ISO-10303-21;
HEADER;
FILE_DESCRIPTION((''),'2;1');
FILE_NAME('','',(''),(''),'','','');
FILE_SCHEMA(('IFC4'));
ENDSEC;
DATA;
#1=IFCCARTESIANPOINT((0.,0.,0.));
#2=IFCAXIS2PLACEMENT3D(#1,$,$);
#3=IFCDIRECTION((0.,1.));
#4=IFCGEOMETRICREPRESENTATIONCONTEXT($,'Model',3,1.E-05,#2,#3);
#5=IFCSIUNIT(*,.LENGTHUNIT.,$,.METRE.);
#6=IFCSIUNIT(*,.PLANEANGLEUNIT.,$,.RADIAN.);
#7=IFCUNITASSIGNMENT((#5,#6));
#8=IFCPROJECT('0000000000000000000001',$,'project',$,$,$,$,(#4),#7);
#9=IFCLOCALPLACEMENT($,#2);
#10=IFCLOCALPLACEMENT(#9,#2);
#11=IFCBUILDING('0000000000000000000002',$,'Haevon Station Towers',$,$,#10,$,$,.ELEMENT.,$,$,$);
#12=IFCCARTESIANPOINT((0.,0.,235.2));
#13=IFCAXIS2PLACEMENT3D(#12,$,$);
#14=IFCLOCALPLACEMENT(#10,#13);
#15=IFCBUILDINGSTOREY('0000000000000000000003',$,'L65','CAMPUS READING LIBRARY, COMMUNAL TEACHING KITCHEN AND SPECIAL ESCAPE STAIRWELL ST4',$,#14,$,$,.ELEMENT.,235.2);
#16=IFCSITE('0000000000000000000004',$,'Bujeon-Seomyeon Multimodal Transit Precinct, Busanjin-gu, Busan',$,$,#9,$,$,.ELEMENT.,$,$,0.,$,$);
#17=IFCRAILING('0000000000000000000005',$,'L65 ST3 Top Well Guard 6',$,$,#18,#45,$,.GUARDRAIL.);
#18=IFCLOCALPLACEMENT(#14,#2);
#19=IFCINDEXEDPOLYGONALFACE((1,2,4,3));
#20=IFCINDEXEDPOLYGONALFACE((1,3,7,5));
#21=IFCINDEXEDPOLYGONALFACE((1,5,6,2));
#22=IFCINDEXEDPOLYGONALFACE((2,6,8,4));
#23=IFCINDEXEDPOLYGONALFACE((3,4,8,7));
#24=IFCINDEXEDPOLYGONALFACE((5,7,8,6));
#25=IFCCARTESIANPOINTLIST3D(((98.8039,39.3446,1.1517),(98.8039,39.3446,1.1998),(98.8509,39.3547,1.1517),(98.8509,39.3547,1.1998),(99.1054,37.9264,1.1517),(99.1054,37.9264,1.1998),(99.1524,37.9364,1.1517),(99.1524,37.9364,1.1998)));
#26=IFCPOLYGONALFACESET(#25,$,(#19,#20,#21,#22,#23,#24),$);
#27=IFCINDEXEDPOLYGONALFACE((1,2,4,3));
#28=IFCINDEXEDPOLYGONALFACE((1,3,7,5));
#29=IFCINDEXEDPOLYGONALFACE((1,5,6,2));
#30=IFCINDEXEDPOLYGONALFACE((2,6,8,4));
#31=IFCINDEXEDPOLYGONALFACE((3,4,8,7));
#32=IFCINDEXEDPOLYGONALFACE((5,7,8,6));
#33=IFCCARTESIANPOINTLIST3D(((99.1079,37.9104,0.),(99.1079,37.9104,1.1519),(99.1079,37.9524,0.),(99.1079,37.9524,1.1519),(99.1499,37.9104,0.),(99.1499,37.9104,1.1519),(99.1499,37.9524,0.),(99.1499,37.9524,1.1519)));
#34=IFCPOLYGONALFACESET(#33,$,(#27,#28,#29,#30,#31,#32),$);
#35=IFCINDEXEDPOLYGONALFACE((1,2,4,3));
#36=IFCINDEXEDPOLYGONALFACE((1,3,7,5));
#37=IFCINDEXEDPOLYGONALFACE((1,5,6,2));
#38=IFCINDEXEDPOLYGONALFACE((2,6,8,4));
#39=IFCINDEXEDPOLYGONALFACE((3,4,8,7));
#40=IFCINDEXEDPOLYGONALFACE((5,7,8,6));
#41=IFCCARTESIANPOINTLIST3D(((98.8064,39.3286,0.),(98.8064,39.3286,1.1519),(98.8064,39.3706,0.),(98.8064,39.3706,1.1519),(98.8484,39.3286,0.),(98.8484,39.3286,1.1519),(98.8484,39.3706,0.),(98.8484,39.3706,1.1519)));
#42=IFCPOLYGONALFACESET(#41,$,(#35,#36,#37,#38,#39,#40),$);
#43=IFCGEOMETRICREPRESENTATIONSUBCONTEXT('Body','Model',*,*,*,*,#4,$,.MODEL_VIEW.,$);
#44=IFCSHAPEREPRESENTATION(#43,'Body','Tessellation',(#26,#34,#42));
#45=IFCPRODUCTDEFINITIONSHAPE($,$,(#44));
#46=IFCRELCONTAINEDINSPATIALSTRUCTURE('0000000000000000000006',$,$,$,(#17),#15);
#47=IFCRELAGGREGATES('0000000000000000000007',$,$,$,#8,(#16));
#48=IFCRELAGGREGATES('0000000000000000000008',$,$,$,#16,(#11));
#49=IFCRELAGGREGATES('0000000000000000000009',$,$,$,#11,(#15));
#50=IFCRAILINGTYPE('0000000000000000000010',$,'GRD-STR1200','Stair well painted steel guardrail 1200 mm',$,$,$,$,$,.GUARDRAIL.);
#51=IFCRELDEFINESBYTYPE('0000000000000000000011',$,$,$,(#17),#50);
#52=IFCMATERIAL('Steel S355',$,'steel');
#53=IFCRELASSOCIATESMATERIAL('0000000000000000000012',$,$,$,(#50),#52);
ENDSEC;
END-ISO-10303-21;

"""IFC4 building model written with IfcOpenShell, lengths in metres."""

from ifc_helpers import new_model, si_unit, direction, frame, origin, origin_2d, place, context, subcontext, project, spatial, rectangle, extrude, material, type_object, element, save


model = new_model("IFC4")

# Units and contexts
model_context = context("Model", 3, precision=1e-05, world=origin(), true_north=direction((0.0, 1.0)))
body_context = subcontext(model_context, "Body", "Model", "MODEL_VIEW")
ifc_project = project(units=[si_unit("LENGTHUNIT", "METRE"), si_unit("PLANEANGLEUNIT", "RADIAN")], contexts=[model_context])

# Site, building, storey
site_placement = place(None, origin())
site = spatial("IfcSite", under=ifc_project, at=site_placement, Name="Bujeon-Seomyeon Multimodal Transit Precinct, Busanjin-gu, Busan", CompositionType="ELEMENT", RefElevation=0.0)
building_placement = place(site_placement, origin())
building = spatial("IfcBuilding", under=site, at=building_placement, Name="Haevon Station Towers", CompositionType="ELEMENT")
storey_placement = place(building_placement, frame((0.0, 0.0, 235.2)))
storey = spatial("IfcBuildingStorey", under=building, at=storey_placement, Name="L65", Description="CAMPUS READING LIBRARY, COMMUNAL TEACHING KITCHEN AND SPECIAL ESCAPE STAIRWELL ST4", CompositionType="ELEMENT", Elevation=235.2)

# Shared definitions
ifc_material_1 = material(Name="Steel S355", Category="steel")

# Railing
railing_type_1 = type_object("IfcRailingType", Name="GRD-STR1200", Description="Stair well painted steel guardrail 1200 mm", PredefinedType="GUARDRAIL", material=ifc_material_1)
railing_1_placement = place(storey_placement, frame((99.1289, 37.9314, 0.0)))
element("IfcRailing", 1, at=railing_1_placement, inside=storey, type_object=railing_type_1, Name="L65 ST3 Top Well Guard 6", PredefinedType="GUARDRAIL", context=body_context, shape_type="SweptSolid", body=[
    extrude(rectangle(XDim=0.0481, YDim=0.0481, at=origin_2d()), frame((0.0, 0.0, 1.1758), z_axis=(-0.207953, 0.978139, 0.0), x_axis=(-0.978139, -0.207953, 0.0)), (0.0, 0.0, 1.0), 1.45),
    extrude(rectangle(XDim=0.042, YDim=0.042, at=origin_2d()), origin(), (0.0, 0.0, 1.0), 1.1519),
    extrude(rectangle(XDim=0.042, YDim=0.042, at=origin_2d()), frame((-0.3015, 1.4182, 0.0)), (0.0, 0.0, 1.0), 1.1519),
])

save(model, "model.ifc")
